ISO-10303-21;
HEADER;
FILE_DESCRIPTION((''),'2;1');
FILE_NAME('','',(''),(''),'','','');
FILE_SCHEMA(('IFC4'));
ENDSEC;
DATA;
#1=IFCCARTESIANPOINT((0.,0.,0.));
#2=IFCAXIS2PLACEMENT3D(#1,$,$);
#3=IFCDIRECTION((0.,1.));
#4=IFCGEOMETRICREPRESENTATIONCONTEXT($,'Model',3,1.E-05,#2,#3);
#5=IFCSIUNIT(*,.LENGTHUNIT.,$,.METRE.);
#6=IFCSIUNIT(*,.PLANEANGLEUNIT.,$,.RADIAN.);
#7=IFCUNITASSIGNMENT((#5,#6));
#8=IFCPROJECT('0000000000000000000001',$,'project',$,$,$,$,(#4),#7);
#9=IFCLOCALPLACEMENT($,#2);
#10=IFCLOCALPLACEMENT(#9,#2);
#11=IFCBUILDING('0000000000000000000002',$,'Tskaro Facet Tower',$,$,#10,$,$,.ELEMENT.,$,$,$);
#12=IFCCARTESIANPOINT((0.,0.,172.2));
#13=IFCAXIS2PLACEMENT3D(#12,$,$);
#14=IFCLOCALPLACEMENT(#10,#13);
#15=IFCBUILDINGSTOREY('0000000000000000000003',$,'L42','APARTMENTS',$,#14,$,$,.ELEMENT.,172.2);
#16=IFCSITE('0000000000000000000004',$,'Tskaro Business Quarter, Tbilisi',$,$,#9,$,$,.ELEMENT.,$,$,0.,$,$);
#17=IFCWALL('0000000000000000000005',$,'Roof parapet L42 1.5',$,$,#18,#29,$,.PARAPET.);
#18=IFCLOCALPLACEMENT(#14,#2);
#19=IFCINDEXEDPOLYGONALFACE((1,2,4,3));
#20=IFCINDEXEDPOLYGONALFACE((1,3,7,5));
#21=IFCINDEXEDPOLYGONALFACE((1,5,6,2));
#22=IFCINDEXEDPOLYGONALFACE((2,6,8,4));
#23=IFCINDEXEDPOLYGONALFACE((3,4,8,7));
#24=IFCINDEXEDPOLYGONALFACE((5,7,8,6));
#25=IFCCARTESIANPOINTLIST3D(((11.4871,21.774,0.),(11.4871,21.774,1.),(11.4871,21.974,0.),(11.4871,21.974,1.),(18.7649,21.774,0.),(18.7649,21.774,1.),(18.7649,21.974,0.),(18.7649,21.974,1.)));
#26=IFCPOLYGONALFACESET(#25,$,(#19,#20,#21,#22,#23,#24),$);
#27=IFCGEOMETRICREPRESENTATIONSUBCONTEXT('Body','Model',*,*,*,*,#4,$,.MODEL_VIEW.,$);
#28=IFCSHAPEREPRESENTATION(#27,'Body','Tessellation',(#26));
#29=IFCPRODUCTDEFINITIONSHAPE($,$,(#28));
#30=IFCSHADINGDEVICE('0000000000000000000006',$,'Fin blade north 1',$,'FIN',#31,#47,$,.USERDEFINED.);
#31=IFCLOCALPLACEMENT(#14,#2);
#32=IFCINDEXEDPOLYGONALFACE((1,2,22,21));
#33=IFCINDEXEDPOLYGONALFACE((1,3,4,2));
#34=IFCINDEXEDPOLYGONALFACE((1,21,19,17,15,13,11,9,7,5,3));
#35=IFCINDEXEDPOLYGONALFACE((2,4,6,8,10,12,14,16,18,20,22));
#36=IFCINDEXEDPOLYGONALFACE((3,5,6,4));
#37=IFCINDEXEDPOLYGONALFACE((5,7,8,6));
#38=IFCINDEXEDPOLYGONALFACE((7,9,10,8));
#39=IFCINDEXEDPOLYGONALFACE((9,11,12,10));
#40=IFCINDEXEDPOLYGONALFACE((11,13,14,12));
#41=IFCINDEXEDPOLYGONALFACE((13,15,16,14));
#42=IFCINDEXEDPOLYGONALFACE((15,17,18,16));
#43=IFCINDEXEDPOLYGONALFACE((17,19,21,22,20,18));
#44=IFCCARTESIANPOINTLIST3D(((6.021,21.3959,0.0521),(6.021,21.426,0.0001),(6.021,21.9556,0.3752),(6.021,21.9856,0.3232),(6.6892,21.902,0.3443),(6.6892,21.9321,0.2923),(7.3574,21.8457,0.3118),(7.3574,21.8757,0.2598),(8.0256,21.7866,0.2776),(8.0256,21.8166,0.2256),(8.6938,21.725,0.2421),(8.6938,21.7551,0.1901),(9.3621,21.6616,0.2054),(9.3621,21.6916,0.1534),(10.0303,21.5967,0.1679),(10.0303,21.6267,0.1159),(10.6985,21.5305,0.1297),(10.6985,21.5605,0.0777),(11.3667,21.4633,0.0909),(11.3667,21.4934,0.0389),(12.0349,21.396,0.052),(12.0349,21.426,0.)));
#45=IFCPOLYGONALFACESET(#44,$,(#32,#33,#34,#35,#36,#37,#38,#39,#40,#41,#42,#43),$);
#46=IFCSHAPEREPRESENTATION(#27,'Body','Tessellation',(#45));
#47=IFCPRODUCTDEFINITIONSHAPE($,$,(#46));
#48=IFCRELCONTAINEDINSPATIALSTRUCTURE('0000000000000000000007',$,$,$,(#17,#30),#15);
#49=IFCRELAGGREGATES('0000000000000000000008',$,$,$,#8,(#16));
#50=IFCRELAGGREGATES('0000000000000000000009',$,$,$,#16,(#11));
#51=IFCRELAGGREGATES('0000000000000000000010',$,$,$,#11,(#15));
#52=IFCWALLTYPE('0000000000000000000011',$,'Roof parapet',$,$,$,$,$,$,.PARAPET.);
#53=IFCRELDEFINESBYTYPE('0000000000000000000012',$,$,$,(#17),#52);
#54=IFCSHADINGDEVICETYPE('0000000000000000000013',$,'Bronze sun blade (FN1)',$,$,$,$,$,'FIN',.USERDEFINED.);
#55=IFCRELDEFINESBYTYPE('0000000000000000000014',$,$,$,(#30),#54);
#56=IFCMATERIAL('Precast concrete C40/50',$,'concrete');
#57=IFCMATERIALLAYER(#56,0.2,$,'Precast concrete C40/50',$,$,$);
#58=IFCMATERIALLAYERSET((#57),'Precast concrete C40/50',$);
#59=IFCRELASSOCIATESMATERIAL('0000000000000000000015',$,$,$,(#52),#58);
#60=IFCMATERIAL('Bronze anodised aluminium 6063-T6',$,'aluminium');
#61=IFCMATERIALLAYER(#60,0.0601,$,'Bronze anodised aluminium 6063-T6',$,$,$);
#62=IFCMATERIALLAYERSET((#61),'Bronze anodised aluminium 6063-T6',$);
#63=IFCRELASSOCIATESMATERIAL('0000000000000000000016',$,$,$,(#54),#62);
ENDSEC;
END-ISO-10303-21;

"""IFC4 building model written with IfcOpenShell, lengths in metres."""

from ifc_helpers import new_model, si_unit, direction, frame, frame_2d, origin, place, context, subcontext, project, spatial, polyline, rectangle, outline, extrude, material, layer, layer_set, type_object, element, save


model = new_model("IFC4")

# Units and contexts
model_context = context("Model", 3, precision=1e-05, world=origin(), true_north=direction((0.0, 1.0)))
body_context = subcontext(model_context, "Body", "Model", "MODEL_VIEW")
ifc_project = project(units=[si_unit("LENGTHUNIT", "METRE"), si_unit("PLANEANGLEUNIT", "RADIAN")], contexts=[model_context])

# Site, building, storey
site_placement = place(None, origin())
site = spatial("IfcSite", under=ifc_project, at=site_placement, Name="Tskaro Business Quarter, Tbilisi", CompositionType="ELEMENT", RefElevation=0.0)
building_placement = place(site_placement, origin())
building = spatial("IfcBuilding", under=site, at=building_placement, Name="Tskaro Facet Tower", CompositionType="ELEMENT")
storey_placement = place(building_placement, frame((0.0, 0.0, 172.2)))
storey = spatial("IfcBuildingStorey", under=building, at=storey_placement, Name="L42", Description="APARTMENTS", CompositionType="ELEMENT", Elevation=172.2)

# Shared definitions
ifc_material_1 = material(Name="Bronze anodised aluminium 6063-T6", Category="aluminium")

# Wall
ifc_material_2 = material(Name="Precast concrete C40/50", Category="concrete")
ifc_layer_1 = layer(ifc_material_2, 0.2, Name="Precast concrete C40/50")
ifc_layer_set_1 = layer_set([ifc_layer_1], Name="Precast concrete C40/50")
wall_type_1 = type_object("IfcWallType", Name="Roof parapet", PredefinedType="PARAPET", material=ifc_layer_set_1)
wall_1_placement = place(storey_placement, frame((18.7649, 21.874, 0.0), z_axis=(0.0, 0.0, 1.0), x_axis=(-1.0, 0.0, 0.0)))
element("IfcWall", 1, at=wall_1_placement, inside=storey, type_object=wall_type_1, Name="Roof parapet L42 1.5", PredefinedType="PARAPET", context=body_context, shape_type="SweptSolid", body=[
    extrude(rectangle(XDim=7.2778, YDim=0.2, at=frame_2d((3.6389, 0.0))), origin(), (0.0, 0.0, 1.0), 1.0),
])

# Shading device
ifc_layer_2 = layer(ifc_material_1, 0.0601, Name="Bronze anodised aluminium 6063-T6")
ifc_layer_set_2 = layer_set([ifc_layer_2], Name="Bronze anodised aluminium 6063-T6")
shading_device_type = type_object("IfcShadingDeviceType", Name="Bronze sun blade (FN1)", ElementType="FIN", PredefinedType="USERDEFINED", material=ifc_layer_set_2)
shading_device_placement = place(storey_placement, frame((12.0349, 21.396, 0.052), z_axis=(0.000019, -0.500048, 0.865998), x_axis=(-1.0, -0.00001, 0.000017)))
element("IfcShadingDevice", 2, at=shading_device_placement, inside=storey, type_object=shading_device_type, Name="Fin blade north 1", ObjectType="FIN", PredefinedType="USERDEFINED", context=body_context, shape_type="SweptSolid", body=[
    extrude(outline(polyline([(0.0, 0.0), (6.0139, 0.0), (6.0139, -0.6462), (5.3457, -0.5844), (4.6775, -0.5193), (4.0093, -0.4511), (3.3411, -0.38), (2.6729, -0.3067), (2.0046, -0.2318), (1.3364, -0.1553), (0.6682, -0.0778), (0.0, 0.0)])), origin(), (0.0, 0.0, -1.0), 0.0601),
])

save(model, "model.ifc")
